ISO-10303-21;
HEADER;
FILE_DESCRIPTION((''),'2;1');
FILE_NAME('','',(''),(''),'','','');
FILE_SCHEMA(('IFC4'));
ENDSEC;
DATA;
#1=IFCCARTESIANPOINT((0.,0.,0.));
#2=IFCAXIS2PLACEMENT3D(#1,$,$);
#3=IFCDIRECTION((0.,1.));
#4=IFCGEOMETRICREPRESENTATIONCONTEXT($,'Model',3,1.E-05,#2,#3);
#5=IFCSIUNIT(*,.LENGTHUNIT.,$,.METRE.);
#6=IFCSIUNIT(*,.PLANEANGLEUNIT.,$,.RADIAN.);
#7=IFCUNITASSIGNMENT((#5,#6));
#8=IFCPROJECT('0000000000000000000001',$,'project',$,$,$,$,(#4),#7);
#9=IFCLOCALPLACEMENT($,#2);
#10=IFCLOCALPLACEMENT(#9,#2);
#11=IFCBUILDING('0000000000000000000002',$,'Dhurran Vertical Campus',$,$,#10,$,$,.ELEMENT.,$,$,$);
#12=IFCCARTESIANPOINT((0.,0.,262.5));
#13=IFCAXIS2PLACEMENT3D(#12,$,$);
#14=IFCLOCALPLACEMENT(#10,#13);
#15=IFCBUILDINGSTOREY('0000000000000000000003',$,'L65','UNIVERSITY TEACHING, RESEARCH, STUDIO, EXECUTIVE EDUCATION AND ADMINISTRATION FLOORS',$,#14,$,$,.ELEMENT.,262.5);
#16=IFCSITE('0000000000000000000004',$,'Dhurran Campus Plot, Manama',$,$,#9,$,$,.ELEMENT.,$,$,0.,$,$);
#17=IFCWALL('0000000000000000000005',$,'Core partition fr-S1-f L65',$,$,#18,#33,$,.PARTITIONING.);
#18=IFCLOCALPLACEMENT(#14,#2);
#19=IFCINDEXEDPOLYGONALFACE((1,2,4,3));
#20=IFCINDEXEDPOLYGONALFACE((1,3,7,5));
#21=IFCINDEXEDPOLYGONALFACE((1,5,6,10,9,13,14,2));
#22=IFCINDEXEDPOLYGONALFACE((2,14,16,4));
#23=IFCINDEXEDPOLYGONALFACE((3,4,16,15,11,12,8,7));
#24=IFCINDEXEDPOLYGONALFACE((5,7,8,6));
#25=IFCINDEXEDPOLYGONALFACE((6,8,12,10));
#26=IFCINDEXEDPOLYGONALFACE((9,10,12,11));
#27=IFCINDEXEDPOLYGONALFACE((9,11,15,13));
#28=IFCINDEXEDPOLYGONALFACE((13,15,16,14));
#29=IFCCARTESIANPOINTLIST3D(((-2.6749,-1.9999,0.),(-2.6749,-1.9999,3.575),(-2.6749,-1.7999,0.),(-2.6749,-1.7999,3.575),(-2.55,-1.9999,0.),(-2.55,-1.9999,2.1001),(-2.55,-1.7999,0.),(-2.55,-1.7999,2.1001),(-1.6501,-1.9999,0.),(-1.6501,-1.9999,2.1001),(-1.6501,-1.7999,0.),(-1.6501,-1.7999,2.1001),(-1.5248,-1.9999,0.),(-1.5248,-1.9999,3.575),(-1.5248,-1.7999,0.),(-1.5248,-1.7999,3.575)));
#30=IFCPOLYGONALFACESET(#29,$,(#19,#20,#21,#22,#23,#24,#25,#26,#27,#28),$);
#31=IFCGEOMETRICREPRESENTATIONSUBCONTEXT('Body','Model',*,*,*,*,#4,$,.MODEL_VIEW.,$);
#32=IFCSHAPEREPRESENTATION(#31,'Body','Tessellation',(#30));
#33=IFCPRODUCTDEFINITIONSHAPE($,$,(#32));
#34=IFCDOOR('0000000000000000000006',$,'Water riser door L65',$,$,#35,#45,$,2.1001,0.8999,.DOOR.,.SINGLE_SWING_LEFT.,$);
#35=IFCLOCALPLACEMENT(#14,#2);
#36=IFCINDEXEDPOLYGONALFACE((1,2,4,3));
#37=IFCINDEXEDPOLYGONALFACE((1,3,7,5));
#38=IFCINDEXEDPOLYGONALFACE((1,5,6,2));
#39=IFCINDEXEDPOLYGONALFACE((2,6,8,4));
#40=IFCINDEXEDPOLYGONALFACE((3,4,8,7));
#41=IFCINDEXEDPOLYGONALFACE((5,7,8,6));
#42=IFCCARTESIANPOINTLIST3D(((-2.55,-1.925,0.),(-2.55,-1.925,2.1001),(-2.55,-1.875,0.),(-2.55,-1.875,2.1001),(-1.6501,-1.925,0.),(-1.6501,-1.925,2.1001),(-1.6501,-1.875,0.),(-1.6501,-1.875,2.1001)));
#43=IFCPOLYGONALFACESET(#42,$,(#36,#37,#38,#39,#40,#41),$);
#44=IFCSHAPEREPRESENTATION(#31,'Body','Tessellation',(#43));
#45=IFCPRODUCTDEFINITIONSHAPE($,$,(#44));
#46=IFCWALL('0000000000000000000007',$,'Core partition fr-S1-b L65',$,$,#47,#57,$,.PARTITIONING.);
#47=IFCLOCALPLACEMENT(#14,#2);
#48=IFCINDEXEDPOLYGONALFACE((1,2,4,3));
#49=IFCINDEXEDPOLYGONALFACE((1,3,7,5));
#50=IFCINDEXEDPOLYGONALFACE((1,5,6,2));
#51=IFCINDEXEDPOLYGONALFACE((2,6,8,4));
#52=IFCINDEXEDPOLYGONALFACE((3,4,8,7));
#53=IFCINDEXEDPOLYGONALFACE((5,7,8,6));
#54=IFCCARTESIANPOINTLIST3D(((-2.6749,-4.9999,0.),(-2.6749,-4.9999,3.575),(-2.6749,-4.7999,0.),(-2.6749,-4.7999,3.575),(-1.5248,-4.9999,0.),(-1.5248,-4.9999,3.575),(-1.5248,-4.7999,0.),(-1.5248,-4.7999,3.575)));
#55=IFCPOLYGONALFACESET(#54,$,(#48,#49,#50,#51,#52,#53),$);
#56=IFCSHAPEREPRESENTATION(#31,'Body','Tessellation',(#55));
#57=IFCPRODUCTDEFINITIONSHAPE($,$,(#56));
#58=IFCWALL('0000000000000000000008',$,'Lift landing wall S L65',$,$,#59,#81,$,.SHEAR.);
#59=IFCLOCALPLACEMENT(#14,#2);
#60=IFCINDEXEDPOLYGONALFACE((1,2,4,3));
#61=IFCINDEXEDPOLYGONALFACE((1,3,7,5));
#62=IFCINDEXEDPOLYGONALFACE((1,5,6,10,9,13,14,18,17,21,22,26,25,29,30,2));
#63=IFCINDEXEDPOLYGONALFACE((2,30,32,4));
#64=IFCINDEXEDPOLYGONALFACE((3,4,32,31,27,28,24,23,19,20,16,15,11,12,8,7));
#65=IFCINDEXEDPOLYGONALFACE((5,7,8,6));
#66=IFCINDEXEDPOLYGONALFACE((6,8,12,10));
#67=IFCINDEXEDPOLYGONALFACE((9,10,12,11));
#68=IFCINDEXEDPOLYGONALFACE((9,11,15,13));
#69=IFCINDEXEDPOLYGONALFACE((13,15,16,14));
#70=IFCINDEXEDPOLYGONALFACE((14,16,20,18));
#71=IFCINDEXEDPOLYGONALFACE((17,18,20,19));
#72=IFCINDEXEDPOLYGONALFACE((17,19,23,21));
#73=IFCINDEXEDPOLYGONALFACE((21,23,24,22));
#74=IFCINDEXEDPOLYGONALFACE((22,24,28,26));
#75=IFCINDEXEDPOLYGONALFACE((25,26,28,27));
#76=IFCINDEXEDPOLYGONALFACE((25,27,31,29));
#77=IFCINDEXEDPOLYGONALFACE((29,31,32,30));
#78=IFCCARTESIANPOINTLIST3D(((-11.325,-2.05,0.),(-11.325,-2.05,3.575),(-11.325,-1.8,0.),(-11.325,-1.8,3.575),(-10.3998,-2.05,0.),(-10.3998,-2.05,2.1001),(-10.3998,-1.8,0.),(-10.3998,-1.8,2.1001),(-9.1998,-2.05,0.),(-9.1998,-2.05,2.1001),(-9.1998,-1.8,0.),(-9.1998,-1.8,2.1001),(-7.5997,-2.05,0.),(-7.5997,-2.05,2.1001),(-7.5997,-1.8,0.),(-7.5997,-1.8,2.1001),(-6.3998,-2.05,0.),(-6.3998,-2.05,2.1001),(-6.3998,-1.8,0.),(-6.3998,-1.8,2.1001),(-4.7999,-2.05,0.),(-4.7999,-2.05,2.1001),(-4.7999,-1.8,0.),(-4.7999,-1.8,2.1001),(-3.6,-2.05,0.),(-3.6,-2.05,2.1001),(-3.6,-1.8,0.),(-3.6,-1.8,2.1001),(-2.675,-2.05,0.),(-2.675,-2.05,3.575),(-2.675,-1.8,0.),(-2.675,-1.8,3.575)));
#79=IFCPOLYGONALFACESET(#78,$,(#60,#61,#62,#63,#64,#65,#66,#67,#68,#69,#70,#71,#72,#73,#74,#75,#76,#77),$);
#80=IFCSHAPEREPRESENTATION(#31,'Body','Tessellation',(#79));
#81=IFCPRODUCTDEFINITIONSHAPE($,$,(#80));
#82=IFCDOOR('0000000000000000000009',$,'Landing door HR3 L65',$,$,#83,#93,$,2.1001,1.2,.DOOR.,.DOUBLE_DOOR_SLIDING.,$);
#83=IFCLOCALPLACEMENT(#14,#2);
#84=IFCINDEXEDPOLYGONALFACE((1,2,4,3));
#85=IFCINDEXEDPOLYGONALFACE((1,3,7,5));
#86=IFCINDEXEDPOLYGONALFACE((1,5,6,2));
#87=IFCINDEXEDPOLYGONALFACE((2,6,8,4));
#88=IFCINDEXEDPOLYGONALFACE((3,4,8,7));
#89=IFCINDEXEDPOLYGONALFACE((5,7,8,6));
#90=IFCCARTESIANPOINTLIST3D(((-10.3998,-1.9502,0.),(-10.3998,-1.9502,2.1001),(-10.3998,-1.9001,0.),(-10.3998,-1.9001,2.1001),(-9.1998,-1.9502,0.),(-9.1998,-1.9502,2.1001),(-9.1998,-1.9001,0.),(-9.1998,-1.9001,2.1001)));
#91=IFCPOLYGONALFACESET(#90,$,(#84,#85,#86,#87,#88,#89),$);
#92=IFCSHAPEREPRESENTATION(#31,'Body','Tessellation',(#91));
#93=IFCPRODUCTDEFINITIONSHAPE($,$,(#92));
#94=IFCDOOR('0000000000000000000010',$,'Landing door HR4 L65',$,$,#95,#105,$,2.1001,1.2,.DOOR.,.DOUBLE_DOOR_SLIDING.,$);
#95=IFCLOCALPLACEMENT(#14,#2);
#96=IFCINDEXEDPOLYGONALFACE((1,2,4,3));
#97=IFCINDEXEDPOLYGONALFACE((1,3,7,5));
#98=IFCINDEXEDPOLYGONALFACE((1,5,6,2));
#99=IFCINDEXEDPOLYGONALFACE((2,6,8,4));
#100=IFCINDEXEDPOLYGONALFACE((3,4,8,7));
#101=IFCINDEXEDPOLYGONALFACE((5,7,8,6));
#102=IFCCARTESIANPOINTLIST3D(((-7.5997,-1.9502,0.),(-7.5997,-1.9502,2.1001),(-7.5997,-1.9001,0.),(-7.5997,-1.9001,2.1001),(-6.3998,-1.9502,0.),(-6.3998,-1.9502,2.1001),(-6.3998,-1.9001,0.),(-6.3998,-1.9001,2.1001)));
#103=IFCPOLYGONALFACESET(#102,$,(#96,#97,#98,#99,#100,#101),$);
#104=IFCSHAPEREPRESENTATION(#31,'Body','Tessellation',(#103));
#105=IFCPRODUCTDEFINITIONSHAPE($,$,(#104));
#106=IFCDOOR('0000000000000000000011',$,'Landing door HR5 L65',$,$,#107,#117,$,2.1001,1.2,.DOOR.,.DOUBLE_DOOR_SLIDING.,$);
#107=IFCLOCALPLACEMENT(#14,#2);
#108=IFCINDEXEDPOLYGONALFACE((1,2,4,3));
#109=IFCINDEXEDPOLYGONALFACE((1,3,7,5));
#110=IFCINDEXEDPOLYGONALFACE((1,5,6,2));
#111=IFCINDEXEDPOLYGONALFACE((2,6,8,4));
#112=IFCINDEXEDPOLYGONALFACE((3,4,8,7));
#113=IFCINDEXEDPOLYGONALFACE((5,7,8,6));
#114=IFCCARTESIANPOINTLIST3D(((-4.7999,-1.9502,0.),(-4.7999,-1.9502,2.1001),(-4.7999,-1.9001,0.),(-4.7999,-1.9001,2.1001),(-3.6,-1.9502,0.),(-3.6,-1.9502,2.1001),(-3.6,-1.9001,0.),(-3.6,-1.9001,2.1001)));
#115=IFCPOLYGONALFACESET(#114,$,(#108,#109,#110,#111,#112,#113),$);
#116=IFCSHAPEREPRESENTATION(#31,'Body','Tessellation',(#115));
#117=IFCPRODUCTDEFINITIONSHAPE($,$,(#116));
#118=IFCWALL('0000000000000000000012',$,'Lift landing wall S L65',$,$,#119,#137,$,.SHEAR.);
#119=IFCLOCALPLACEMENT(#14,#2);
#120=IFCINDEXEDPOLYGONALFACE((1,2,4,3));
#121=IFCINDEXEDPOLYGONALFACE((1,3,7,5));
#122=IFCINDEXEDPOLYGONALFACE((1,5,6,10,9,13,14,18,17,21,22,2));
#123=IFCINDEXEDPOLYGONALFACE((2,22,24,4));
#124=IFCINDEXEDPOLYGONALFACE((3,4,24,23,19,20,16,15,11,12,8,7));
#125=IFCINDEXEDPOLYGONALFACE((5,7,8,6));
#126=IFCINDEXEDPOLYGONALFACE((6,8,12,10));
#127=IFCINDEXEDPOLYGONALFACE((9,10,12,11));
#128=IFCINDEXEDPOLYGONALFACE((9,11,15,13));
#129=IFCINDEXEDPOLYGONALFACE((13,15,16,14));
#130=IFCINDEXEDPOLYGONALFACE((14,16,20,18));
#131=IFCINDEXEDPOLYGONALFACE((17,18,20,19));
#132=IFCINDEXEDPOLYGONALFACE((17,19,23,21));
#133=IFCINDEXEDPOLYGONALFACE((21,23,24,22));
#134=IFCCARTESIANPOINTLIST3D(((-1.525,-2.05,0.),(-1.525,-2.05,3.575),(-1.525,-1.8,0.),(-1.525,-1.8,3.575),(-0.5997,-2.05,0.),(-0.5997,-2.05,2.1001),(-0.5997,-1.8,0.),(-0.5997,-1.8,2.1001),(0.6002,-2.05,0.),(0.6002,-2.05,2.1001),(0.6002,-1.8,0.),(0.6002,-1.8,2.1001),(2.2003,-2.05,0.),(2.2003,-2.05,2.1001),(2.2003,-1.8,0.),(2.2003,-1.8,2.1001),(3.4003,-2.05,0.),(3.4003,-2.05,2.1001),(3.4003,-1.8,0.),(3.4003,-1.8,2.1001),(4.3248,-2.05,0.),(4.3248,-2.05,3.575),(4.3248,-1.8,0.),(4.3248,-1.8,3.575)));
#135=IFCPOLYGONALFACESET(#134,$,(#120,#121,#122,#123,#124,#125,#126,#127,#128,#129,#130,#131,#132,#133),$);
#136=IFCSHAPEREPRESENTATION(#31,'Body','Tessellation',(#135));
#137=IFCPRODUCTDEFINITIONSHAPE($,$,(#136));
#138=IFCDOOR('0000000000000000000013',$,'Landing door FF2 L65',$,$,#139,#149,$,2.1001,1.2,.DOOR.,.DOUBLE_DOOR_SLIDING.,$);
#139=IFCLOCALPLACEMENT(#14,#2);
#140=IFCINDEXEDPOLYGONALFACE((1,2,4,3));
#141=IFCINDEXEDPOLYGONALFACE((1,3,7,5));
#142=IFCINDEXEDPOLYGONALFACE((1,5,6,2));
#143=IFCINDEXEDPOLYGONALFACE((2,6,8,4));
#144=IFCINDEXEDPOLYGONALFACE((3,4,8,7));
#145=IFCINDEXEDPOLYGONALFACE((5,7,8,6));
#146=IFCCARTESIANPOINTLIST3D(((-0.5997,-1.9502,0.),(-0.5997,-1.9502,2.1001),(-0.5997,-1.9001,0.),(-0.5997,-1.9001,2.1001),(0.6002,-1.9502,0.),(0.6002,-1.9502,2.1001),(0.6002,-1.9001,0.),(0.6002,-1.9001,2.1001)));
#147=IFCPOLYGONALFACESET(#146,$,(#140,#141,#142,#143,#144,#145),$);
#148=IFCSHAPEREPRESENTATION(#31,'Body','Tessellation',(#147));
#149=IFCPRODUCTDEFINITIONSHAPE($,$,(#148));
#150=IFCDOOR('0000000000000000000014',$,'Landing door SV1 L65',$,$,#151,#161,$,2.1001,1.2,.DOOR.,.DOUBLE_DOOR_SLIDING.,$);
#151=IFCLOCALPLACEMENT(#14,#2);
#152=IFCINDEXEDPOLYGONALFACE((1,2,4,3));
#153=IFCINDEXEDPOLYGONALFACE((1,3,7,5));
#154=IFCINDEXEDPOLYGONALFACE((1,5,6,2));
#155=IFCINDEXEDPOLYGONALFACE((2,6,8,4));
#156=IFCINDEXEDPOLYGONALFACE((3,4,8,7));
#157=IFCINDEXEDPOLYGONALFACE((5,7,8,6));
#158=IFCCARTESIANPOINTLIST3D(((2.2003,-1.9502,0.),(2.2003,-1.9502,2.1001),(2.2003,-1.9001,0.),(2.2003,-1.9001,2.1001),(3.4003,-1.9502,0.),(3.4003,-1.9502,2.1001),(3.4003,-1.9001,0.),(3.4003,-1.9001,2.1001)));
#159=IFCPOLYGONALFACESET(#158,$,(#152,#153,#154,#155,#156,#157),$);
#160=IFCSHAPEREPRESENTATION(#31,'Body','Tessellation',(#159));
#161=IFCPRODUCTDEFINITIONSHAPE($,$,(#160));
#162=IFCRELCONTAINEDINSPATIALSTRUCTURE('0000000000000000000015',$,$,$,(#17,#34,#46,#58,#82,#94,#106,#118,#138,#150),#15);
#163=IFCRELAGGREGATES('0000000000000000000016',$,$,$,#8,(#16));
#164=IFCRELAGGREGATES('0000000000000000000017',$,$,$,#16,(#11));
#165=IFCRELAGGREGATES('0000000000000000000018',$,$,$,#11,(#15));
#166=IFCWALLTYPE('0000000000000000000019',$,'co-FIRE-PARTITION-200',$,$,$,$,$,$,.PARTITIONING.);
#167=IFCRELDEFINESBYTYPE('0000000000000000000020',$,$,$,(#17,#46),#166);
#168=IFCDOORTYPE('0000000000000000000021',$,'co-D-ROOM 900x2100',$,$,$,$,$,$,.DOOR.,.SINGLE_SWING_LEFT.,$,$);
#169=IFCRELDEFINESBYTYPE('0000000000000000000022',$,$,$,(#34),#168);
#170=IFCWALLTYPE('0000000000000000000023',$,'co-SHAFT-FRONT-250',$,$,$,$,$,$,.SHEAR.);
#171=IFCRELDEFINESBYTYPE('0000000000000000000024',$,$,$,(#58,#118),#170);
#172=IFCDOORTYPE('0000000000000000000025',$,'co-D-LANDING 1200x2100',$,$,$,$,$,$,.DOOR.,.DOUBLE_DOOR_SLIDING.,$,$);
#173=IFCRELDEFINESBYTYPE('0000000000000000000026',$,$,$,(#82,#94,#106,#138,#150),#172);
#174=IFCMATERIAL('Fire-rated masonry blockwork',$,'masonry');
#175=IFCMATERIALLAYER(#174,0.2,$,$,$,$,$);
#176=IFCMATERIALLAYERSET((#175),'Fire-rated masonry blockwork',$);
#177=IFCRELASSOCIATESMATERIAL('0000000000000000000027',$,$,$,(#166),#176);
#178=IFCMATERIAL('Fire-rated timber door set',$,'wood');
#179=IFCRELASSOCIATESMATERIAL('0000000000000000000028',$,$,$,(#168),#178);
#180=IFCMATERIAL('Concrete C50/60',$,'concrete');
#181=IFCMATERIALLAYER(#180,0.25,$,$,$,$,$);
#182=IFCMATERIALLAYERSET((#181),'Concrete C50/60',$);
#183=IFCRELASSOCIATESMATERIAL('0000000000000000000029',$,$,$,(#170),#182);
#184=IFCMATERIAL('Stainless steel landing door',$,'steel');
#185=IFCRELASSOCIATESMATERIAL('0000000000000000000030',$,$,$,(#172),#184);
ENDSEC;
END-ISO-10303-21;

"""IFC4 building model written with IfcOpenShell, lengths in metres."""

from ifc_helpers import new_model, si_unit, direction, frame, frame_2d, origin, place, context, subcontext, project, spatial, rectangle, extrude, material, layer, layer_set, type_object, element, fill, save


model = new_model("IFC4")

# Units and contexts
model_context = context("Model", 3, precision=1e-05, world=origin(), true_north=direction((0.0, 1.0)))
body_context = subcontext(model_context, "Body", "Model", "MODEL_VIEW")
ifc_project = project(units=[si_unit("LENGTHUNIT", "METRE"), si_unit("PLANEANGLEUNIT", "RADIAN")], contexts=[model_context])

# Site, building, storey
site_placement = place(None, origin())
site = spatial("IfcSite", under=ifc_project, at=site_placement, Name="Dhurran Campus Plot, Manama", CompositionType="ELEMENT", RefElevation=0.0)
building_placement = place(site_placement, origin())
building = spatial("IfcBuilding", under=site, at=building_placement, Name="Dhurran Vertical Campus", CompositionType="ELEMENT")
storey_placement = place(building_placement, frame((0.0, 0.0, 262.5)))
storey = spatial("IfcBuildingStorey", under=building, at=storey_placement, Name="L65", Description="UNIVERSITY TEACHING, RESEARCH, STUDIO, EXECUTIVE EDUCATION AND ADMINISTRATION FLOORS", CompositionType="ELEMENT", Elevation=262.5)

# Shared definitions
ifc_material_1 = material(Name="Fire-rated masonry blockwork", Category="masonry")
ifc_layer_1 = layer(ifc_material_1, 0.2)
ifc_layer_set_1 = layer_set([ifc_layer_1], Name="Fire-rated masonry blockwork")
wall_type_1 = type_object("IfcWallType", Name="co-FIRE-PARTITION-200", PredefinedType="PARTITIONING", material=ifc_layer_set_1)

# Wall, opening, door
wall_1_placement = place(storey_placement, frame((-2.675, -1.8999, 0.0), z_axis=(0.0, 0.0, 1.0), x_axis=(1.0, 0.0, 0.0)))
wall_1 = element("IfcWall", 1, at=wall_1_placement, inside=storey, type_object=wall_type_1, Name="Core partition fr-S1-f L65", PredefinedType="PARTITIONING", context=body_context, shape_type="SweptSolid", body=[
    extrude(rectangle(XDim=1.1501, YDim=0.2, at=frame_2d((0.5752, 0.0))), origin(), (0.0, 0.0, 1.0), 3.575),
])
opening_1_placement = place(wall_1_placement, frame((0.125, 0.0, 0.0)))
opening_1 = element("IfcOpeningElement", 2, at=opening_1_placement, cuts=wall_1, PredefinedType="OPENING", context=body_context, shape_type="SweptSolid", body=[
    extrude(rectangle(XDim=0.8999, YDim=2.1001, at=frame_2d((0.45, 1.05))), frame((0.0, 0.1099, 0.0), z_axis=(0.0, -1.0, 0.0), x_axis=(1.0, 0.0, 0.0)), (0.0, 0.0, 1.0), 0.22),
])
ifc_material_2 = material(Name="Fire-rated timber door set", Category="wood")
door_type_1 = type_object("IfcDoorType", Name="co-D-ROOM 900x2100", OperationType="SINGLE_SWING_LEFT", PredefinedType="DOOR", material=ifc_material_2)
door_1_placement = place(opening_1_placement, origin())
door_1 = element("IfcDoor", 3, at=door_1_placement, inside=storey, type_object=door_type_1, Name="Water riser door L65", OperationType="SINGLE_SWING_LEFT", OverallHeight=2.1001, OverallWidth=0.8999, PredefinedType="DOOR", context=body_context, shape_type="SweptSolid", body=[
    extrude(rectangle(XDim=0.8999, YDim=2.1001, at=frame_2d((0.45, 1.05))), frame((0.0, 0.0249, 0.0), z_axis=(0.0, -1.0, 0.0), x_axis=(1.0, 0.0, 0.0)), (0.0, 0.0, 1.0), 0.05),
])
fill(opening_1, door_1)

# Wall
wall_2_placement = place(storey_placement, frame((-2.675, -4.8999, 0.0), z_axis=(0.0, 0.0, 1.0), x_axis=(1.0, 0.0, 0.0)))
element("IfcWall", 4, at=wall_2_placement, inside=storey, type_object=wall_type_1, Name="Core partition fr-S1-b L65", PredefinedType="PARTITIONING", context=body_context, shape_type="SweptSolid", body=[
    extrude(rectangle(XDim=1.1501, YDim=0.2, at=frame_2d((0.5752, 0.0))), origin(), (0.0, 0.0, 1.0), 3.575),
])

# Walls, openings, doors
ifc_material_3 = material(Name="Concrete C50/60", Category="concrete")
ifc_layer_2 = layer(ifc_material_3, 0.25)
ifc_layer_set_2 = layer_set([ifc_layer_2], Name="Concrete C50/60")
wall_type_2 = type_object("IfcWallType", Name="co-SHAFT-FRONT-250", PredefinedType="SHEAR", material=ifc_layer_set_2)
wall_3_placement = place(storey_placement, frame((-11.325, -1.925, 0.0), z_axis=(0.0, 0.0, 1.0), x_axis=(1.0, 0.0, 0.0)))
wall_3 = element("IfcWall", 5, at=wall_3_placement, inside=storey, type_object=wall_type_2, Name="Lift landing wall S L65", PredefinedType="SHEAR", context=body_context, shape_type="SweptSolid", body=[
    extrude(rectangle(XDim=8.6499, YDim=0.25, at=frame_2d((4.325, 0.0))), origin(), (0.0, 0.0, 1.0), 3.575),
])
opening_2_placement = place(wall_3_placement, frame((0.925, 0.0, 0.0)))
opening_2 = element("IfcOpeningElement", 6, at=opening_2_placement, cuts=wall_3, PredefinedType="OPENING", context=body_context, shape_type="SweptSolid", body=[
    extrude(rectangle(XDim=1.2, YDim=2.1001, at=frame_2d((0.6001, 1.05))), frame((0.0, 0.135, 0.0), z_axis=(0.0, -1.0, 0.0), x_axis=(1.0, 0.0, 0.0)), (0.0, 0.0, 1.0), 0.27),
])
opening_3_placement = place(wall_3_placement, frame((3.7251, 0.0, 0.0)))
opening_3 = element("IfcOpeningElement", 7, at=opening_3_placement, cuts=wall_3, PredefinedType="OPENING", context=body_context, shape_type="SweptSolid", body=[
    extrude(rectangle(XDim=1.2, YDim=2.1001, at=frame_2d((0.6001, 1.05))), frame((0.0, 0.135, 0.0), z_axis=(0.0, -1.0, 0.0), x_axis=(1.0, 0.0, 0.0)), (0.0, 0.0, 1.0), 0.27),
])
opening_4_placement = place(wall_3_placement, frame((6.5249, 0.0, 0.0)))
opening_4 = element("IfcOpeningElement", 8, at=opening_4_placement, cuts=wall_3, PredefinedType="OPENING", context=body_context, shape_type="SweptSolid", body=[
    extrude(rectangle(XDim=1.2, YDim=2.1001, at=frame_2d((0.6001, 1.05))), frame((0.0, 0.135, 0.0), z_axis=(0.0, -1.0, 0.0), x_axis=(1.0, 0.0, 0.0)), (0.0, 0.0, 1.0), 0.27),
])
ifc_material_4 = material(Name="Stainless steel landing door", Category="steel")
door_type_2 = type_object("IfcDoorType", Name="co-D-LANDING 1200x2100", OperationType="DOUBLE_DOOR_SLIDING", PredefinedType="DOOR", material=ifc_material_4)
door_2_placement = place(opening_2_placement, origin())
door_2 = element("IfcDoor", 9, at=door_2_placement, inside=storey, type_object=door_type_2, Name="Landing door HR3 L65", OperationType="DOUBLE_DOOR_SLIDING", OverallHeight=2.1001, OverallWidth=1.2, PredefinedType="DOOR", context=body_context, shape_type="SweptSolid", body=[
    extrude(rectangle(XDim=1.2, YDim=2.1001, at=frame_2d((0.6001, 1.05))), frame((0.0, 0.0249, 0.0), z_axis=(0.0, -1.0, 0.0), x_axis=(1.0, 0.0, 0.0)), (0.0, 0.0, 1.0), 0.05),
])
fill(opening_2, door_2)
door_3_placement = place(opening_3_placement, origin())
door_3 = element("IfcDoor", 10, at=door_3_placement, inside=storey, type_object=door_type_2, Name="Landing door HR4 L65", OperationType="DOUBLE_DOOR_SLIDING", OverallHeight=2.1001, OverallWidth=1.2, PredefinedType="DOOR", context=body_context, shape_type="SweptSolid", body=[
    extrude(rectangle(XDim=1.2, YDim=2.1001, at=frame_2d((0.6001, 1.05))), frame((0.0, 0.0249, 0.0), z_axis=(0.0, -1.0, 0.0), x_axis=(1.0, 0.0, 0.0)), (0.0, 0.0, 1.0), 0.05),
])
fill(opening_3, door_3)
door_4_placement = place(opening_4_placement, origin())
door_4 = element("IfcDoor", 11, at=door_4_placement, inside=storey, type_object=door_type_2, Name="Landing door HR5 L65", OperationType="DOUBLE_DOOR_SLIDING", OverallHeight=2.1001, OverallWidth=1.2, PredefinedType="DOOR", context=body_context, shape_type="SweptSolid", body=[
    extrude(rectangle(XDim=1.2, YDim=2.1001, at=frame_2d((0.6001, 1.05))), frame((0.0, 0.0249, 0.0), z_axis=(0.0, -1.0, 0.0), x_axis=(1.0, 0.0, 0.0)), (0.0, 0.0, 1.0), 0.05),
])
fill(opening_4, door_4)
wall_4_placement = place(storey_placement, frame((-1.5249, -1.925, 0.0), z_axis=(0.0, 0.0, 1.0), x_axis=(1.0, 0.0, 0.0)))
wall_4 = element("IfcWall", 12, at=wall_4_placement, inside=storey, type_object=wall_type_2, Name="Lift landing wall S L65", PredefinedType="SHEAR", context=body_context, shape_type="SweptSolid", body=[
    extrude(rectangle(XDim=5.8499, YDim=0.25, at=frame_2d((2.9248, 0.0))), origin(), (0.0, 0.0, 1.0), 3.575),
])
opening_5_placement = place(wall_4_placement, frame((0.925, 0.0, 0.0)))
opening_5 = element("IfcOpeningElement", 13, at=opening_5_placement, cuts=wall_4, PredefinedType="OPENING", context=body_context, shape_type="SweptSolid", body=[
    extrude(rectangle(XDim=1.2, YDim=2.1001, at=frame_2d((0.6001, 1.05))), frame((0.0, 0.135, 0.0), z_axis=(0.0, -1.0, 0.0), x_axis=(1.0, 0.0, 0.0)), (0.0, 0.0, 1.0), 0.27),
])
opening_6_placement = place(wall_4_placement, frame((3.7251, 0.0, 0.0)))
opening_6 = element("IfcOpeningElement", 14, at=opening_6_placement, cuts=wall_4, PredefinedType="OPENING", context=body_context, shape_type="SweptSolid", body=[
    extrude(rectangle(XDim=1.2, YDim=2.1001, at=frame_2d((0.6001, 1.05))), frame((0.0, 0.135, 0.0), z_axis=(0.0, -1.0, 0.0), x_axis=(1.0, 0.0, 0.0)), (0.0, 0.0, 1.0), 0.27),
])
door_5_placement = place(opening_5_placement, origin())
door_5 = element("IfcDoor", 15, at=door_5_placement, inside=storey, type_object=door_type_2, Name="Landing door FF2 L65", OperationType="DOUBLE_DOOR_SLIDING", OverallHeight=2.1001, OverallWidth=1.2, PredefinedType="DOOR", context=body_context, shape_type="SweptSolid", body=[
    extrude(rectangle(XDim=1.2, YDim=2.1001, at=frame_2d((0.6001, 1.05))), frame((0.0, 0.0249, 0.0), z_axis=(0.0, -1.0, 0.0), x_axis=(1.0, 0.0, 0.0)), (0.0, 0.0, 1.0), 0.05),
])
fill(opening_5, door_5)
door_6_placement = place(opening_6_placement, origin())
door_6 = element("IfcDoor", 16, at=door_6_placement, inside=storey, type_object=door_type_2, Name="Landing door SV1 L65", OperationType="DOUBLE_DOOR_SLIDING", OverallHeight=2.1001, OverallWidth=1.2, PredefinedType="DOOR", context=body_context, shape_type="SweptSolid", body=[
    extrude(rectangle(XDim=1.2, YDim=2.1001, at=frame_2d((0.6001, 1.05))), frame((0.0, 0.0249, 0.0), z_axis=(0.0, -1.0, 0.0), x_axis=(1.0, 0.0, 0.0)), (0.0, 0.0, 1.0), 0.05),
])
fill(opening_6, door_6)

save(model, "model.ifc")
